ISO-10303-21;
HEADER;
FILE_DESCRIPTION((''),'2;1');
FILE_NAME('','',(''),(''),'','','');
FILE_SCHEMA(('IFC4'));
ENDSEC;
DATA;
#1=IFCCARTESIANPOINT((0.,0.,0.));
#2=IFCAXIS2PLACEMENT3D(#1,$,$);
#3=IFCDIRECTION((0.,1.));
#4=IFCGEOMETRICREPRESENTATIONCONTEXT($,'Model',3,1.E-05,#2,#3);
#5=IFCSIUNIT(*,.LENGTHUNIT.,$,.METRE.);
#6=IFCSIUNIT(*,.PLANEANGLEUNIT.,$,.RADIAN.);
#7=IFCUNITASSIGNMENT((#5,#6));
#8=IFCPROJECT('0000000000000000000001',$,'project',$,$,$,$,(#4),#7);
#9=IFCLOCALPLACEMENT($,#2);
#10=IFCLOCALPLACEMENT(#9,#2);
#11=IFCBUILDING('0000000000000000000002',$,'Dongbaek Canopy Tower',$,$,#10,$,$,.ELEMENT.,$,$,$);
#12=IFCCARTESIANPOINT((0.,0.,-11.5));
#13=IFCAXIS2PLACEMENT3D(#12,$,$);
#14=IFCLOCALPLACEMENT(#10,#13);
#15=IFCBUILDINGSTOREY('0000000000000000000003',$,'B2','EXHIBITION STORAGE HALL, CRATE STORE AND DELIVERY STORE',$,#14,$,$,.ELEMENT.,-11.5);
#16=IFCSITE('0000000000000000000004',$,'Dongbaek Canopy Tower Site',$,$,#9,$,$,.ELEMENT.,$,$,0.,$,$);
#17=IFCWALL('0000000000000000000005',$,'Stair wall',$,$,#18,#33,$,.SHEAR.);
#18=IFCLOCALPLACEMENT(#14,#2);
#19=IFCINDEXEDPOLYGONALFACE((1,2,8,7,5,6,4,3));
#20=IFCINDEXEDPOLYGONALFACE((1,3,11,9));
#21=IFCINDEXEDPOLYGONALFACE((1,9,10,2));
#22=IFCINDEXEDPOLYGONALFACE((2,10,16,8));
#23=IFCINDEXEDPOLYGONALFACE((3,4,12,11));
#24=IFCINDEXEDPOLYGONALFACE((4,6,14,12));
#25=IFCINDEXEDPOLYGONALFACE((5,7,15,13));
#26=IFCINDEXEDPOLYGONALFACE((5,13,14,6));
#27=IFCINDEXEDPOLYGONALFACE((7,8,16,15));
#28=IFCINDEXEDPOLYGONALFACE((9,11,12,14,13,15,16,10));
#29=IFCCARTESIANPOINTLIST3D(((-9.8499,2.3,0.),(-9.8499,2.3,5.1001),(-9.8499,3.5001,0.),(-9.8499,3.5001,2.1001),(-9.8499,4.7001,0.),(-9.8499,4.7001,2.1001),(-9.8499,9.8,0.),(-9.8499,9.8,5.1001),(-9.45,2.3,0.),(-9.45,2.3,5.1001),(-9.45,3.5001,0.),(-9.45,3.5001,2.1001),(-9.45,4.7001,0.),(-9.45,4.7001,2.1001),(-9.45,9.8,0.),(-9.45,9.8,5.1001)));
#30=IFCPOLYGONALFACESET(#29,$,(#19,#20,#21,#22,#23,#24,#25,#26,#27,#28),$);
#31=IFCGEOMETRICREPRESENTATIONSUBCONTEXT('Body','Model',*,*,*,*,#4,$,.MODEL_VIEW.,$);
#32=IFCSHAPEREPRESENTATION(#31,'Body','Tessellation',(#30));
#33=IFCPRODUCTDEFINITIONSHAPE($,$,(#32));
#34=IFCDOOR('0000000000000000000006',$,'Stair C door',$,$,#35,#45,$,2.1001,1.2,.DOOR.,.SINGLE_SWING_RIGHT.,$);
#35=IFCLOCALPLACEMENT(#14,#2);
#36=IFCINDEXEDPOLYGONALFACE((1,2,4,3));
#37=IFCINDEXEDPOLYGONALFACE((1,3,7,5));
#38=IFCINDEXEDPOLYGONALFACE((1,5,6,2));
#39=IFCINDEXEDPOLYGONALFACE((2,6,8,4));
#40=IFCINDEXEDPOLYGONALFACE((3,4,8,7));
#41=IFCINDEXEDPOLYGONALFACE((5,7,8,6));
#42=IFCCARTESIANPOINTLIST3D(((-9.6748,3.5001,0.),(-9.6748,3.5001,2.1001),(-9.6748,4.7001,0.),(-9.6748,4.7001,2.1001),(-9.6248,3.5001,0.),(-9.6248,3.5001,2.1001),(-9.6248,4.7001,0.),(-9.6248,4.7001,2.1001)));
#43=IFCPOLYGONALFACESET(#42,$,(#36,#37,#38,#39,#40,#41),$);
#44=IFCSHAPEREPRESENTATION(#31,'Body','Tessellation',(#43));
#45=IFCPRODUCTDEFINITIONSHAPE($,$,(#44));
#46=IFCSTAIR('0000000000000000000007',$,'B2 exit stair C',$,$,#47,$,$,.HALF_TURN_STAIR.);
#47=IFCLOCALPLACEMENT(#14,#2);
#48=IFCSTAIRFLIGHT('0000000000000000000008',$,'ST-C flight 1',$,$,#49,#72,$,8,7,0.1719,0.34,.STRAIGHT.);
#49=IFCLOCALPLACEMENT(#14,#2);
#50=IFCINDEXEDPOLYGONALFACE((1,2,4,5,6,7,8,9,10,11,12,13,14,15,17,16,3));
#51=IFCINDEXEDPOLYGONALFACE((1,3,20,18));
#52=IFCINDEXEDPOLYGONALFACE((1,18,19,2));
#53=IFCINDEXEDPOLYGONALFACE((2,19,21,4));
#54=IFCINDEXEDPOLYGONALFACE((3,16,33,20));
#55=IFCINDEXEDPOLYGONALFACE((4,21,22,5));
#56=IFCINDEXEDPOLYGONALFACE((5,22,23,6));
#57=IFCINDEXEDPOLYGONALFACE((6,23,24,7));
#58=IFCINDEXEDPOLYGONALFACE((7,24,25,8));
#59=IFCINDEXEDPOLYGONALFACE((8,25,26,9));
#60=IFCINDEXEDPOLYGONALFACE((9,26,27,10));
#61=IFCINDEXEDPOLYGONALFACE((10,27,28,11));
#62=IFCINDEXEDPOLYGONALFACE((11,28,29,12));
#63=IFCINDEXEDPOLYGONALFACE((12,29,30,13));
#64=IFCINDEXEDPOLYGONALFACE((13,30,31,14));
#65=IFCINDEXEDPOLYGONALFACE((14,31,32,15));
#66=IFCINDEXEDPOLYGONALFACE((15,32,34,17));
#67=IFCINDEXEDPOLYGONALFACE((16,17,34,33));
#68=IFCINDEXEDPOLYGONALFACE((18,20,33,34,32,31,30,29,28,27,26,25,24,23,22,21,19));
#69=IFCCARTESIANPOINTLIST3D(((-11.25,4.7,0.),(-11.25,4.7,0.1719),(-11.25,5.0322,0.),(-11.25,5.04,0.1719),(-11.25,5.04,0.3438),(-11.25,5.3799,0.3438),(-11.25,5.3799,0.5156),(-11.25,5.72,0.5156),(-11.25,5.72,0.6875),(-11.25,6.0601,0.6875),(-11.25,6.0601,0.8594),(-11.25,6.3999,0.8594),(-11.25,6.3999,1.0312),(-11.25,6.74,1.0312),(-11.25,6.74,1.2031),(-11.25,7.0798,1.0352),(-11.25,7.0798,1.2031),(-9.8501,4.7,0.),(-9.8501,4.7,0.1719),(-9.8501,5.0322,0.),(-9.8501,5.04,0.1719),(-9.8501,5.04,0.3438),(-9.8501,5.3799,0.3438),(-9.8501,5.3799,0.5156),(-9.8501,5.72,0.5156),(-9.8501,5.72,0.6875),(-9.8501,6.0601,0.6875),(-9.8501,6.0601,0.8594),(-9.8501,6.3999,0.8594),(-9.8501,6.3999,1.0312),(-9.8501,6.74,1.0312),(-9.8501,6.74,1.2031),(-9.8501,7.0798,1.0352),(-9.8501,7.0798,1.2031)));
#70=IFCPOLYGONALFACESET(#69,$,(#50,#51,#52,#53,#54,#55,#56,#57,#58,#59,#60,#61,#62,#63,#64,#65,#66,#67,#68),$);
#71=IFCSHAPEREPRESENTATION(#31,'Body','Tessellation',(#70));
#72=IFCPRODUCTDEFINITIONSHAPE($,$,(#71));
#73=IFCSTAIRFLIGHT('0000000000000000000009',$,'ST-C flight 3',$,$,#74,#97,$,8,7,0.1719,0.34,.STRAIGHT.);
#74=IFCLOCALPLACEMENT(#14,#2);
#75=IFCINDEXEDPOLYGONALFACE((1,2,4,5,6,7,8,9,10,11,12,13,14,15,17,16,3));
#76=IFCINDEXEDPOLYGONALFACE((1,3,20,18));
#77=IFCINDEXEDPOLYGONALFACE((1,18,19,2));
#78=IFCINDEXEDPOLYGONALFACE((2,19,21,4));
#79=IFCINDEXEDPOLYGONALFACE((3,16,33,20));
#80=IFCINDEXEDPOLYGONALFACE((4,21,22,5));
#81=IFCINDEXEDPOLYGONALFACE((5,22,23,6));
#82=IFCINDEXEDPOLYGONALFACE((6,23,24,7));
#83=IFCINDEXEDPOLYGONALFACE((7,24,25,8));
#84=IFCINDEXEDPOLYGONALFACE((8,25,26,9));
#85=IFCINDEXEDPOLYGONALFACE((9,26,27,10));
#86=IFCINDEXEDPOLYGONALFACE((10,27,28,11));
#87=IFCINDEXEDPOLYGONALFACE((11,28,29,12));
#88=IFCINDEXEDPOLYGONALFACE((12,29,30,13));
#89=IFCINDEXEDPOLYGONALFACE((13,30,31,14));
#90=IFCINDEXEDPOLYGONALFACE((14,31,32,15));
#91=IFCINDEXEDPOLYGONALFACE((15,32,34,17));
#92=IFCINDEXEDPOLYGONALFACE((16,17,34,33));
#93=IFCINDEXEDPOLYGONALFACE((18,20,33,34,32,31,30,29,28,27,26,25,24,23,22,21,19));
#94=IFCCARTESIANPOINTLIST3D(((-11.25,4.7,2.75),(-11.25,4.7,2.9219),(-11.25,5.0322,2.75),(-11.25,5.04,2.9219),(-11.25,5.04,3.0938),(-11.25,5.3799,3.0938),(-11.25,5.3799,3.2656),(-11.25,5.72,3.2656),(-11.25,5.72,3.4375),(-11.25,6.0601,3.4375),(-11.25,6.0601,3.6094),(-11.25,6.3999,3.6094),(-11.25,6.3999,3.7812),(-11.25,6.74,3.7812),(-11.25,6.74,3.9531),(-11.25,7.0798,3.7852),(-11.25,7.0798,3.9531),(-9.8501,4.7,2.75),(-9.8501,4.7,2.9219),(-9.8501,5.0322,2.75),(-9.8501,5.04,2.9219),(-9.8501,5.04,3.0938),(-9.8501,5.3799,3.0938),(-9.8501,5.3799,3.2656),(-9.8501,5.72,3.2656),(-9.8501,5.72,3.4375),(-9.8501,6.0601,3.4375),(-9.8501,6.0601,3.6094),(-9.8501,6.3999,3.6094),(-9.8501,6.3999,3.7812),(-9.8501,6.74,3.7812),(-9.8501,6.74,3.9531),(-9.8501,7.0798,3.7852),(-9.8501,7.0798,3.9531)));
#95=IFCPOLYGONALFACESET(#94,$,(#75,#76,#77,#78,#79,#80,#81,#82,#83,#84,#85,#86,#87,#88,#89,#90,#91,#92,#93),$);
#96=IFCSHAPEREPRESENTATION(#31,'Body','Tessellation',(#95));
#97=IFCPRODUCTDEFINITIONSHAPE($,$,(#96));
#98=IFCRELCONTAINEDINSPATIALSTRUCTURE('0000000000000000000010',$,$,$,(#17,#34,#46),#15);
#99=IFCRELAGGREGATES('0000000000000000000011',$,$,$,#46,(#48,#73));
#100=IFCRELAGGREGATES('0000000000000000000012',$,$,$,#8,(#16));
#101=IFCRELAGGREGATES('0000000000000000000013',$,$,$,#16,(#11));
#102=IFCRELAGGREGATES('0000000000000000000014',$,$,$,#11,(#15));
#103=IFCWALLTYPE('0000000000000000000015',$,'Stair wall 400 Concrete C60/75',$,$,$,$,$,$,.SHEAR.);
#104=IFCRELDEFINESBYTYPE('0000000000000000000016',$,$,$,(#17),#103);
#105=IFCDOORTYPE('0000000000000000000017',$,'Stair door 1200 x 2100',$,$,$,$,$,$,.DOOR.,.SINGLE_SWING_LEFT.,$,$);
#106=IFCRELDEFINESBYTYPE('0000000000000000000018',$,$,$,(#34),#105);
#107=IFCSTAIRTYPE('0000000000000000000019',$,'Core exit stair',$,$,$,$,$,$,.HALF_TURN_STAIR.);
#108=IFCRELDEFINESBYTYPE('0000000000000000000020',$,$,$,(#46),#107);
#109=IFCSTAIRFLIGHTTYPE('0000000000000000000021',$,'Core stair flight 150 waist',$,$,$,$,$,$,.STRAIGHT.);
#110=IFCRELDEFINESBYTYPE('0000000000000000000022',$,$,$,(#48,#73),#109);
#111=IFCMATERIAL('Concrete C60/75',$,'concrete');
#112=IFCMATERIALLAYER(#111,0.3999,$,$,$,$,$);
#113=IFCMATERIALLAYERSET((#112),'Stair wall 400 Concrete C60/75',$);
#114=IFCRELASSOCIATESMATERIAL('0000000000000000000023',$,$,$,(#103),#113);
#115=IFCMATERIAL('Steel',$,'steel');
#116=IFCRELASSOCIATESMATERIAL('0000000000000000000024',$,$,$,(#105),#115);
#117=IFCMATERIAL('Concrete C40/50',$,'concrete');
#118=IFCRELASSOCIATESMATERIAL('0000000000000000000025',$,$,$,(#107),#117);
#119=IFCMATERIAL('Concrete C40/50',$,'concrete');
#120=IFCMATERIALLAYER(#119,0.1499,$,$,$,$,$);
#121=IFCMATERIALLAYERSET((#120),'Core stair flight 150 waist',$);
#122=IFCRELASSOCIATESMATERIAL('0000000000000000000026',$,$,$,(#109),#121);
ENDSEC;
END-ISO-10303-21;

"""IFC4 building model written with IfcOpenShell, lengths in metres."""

from ifc_helpers import new_model, si_unit, direction, frame, frame_2d, origin, place, context, subcontext, project, spatial, polyline, rectangle, outline, extrude, material, layer, layer_set, type_object, element, fill, aggregate, save


model = new_model("IFC4")

# Units and contexts
model_context = context("Model", 3, precision=1e-05, world=origin(), true_north=direction((0.0, 1.0)))
body_context = subcontext(model_context, "Body", "Model", "MODEL_VIEW")
ifc_project = project(units=[si_unit("LENGTHUNIT", "METRE"), si_unit("PLANEANGLEUNIT", "RADIAN")], contexts=[model_context])

# Site, building, storey
site_placement = place(None, origin())
site = spatial("IfcSite", under=ifc_project, at=site_placement, Name="Dongbaek Canopy Tower Site", CompositionType="ELEMENT", RefElevation=0.0)
building_placement = place(site_placement, origin())
building = spatial("IfcBuilding", under=site, at=building_placement, Name="Dongbaek Canopy Tower", CompositionType="ELEMENT")
storey_placement = place(building_placement, frame((0.0, 0.0, -11.5)))
storey = spatial("IfcBuildingStorey", under=building, at=storey_placement, Name="B2", Description="EXHIBITION STORAGE HALL, CRATE STORE AND DELIVERY STORE", CompositionType="ELEMENT", Elevation=-11.5)

# Wall, opening, door
ifc_material_1 = material(Name="Concrete C60/75", Category="concrete")
ifc_layer_1 = layer(ifc_material_1, 0.3999)
ifc_layer_set_1 = layer_set([ifc_layer_1], Name="Stair wall 400 Concrete C60/75")
wall_type_1 = type_object("IfcWallType", Name="Stair wall 400 Concrete C60/75", PredefinedType="SHEAR", material=ifc_layer_set_1)
wall_1_placement = place(storey_placement, frame((-9.6499, 2.3, 0.0), z_axis=(0.0, 0.0, 1.0), x_axis=(0.0, 1.0, 0.0)))
wall_1 = element("IfcWall", 1, at=wall_1_placement, inside=storey, type_object=wall_type_1, Name="Stair wall", PredefinedType="SHEAR", context=body_context, shape_type="SweptSolid", body=[
    extrude(rectangle(XDim=7.5, YDim=0.3999, at=frame_2d((3.75, 0.0))), origin(), (0.0, 0.0, 1.0), 5.1001),
])
opening_placement = place(wall_1_placement, frame((1.2, 0.0, 0.0)))
opening = element("IfcOpeningElement", 2, at=opening_placement, cuts=wall_1, PredefinedType="OPENING", context=body_context, shape_type="SweptSolid", body=[
    extrude(rectangle(XDim=1.2, YDim=2.1001, at=frame_2d((0.6001, 1.05))), frame((0.0, 0.21, 0.0), z_axis=(0.0, -1.0, 0.0), x_axis=(1.0, 0.0, 0.0)), (0.0, 0.0, 1.0), 0.4199),
])
ifc_material_2 = material(Name="Steel", Category="steel")
door_type = type_object("IfcDoorType", Name="Stair door 1200 x 2100", OperationType="SINGLE_SWING_LEFT", PredefinedType="DOOR", material=ifc_material_2)
door_placement = place(opening_placement, origin())
door = element("IfcDoor", 3, at=door_placement, inside=storey, type_object=door_type, Name="Stair C door", OperationType="SINGLE_SWING_RIGHT", OverallHeight=2.1001, OverallWidth=1.2, PredefinedType="DOOR", context=body_context, shape_type="SweptSolid", body=[
    extrude(rectangle(XDim=1.2, YDim=2.1001, at=frame_2d((0.6001, 1.05))), frame((0.0, 0.0249, 0.0), z_axis=(0.0, -1.0, 0.0), x_axis=(1.0, 0.0, 0.0)), (0.0, 0.0, 1.0), 0.05),
])
fill(opening, door)

# Stair, stair flights
ifc_material_3 = material(Name="Concrete C40/50", Category="concrete")
stair_type = type_object("IfcStairType", Name="Core exit stair", PredefinedType="HALF_TURN_STAIR", material=ifc_material_3)
stair_placement = place(storey_placement, origin())
stair = element("IfcStair", 4, at=stair_placement, inside=storey, type_object=stair_type, Name="B2 exit stair C", PredefinedType="HALF_TURN_STAIR")
ifc_material_4 = material(Name="Concrete C40/50", Category="concrete")
ifc_layer_2 = layer(ifc_material_4, 0.1499)
ifc_layer_set_2 = layer_set([ifc_layer_2], Name="Core stair flight 150 waist")
stair_flight_type = type_object("IfcStairFlightType", Name="Core stair flight 150 waist", PredefinedType="STRAIGHT", material=ifc_layer_set_2)
stair_flight_1_placement = place(storey_placement, frame((-10.55, 4.7, 0.0), z_axis=(0.0, 0.0, 1.0), x_axis=(0.0, 1.0, 0.0)))
stair_flight_1 = element("IfcStairFlight", 5, at=stair_flight_1_placement, type_object=stair_flight_type, Name="ST-C flight 1", NumberOfRisers=8, NumberOfTreads=7, PredefinedType="STRAIGHT", RiserHeight=0.1719, TreadLength=0.34, context=body_context, shape_type="SweptSolid", body=[
    extrude(outline(polyline([(0.0, 0.0), (0.0, 0.1719), (0.3401, 0.1719), (0.3401, 0.3438), (0.6799, 0.3438), (0.6799, 0.5156), (1.02, 0.5156), (1.02, 0.6875), (1.3601, 0.6875), (1.3601, 0.8594), (1.7, 0.8594), (1.7, 1.0312), (2.04, 1.0312), (2.04, 1.2031), (2.3799, 1.2031), (2.3799, 1.375), (2.3799, 1.0352), (0.3323, 0.0), (0.0, 0.0)])), frame((0.0, 0.7, 0.0), z_axis=(0.0, -1.0, 0.0), x_axis=(1.0, 0.0, 0.0)), (0.0, 0.0, 1.0), 1.3999),
])
stair_flight_2_placement = place(storey_placement, frame((-10.55, 4.7, 2.75), z_axis=(0.0, 0.0, 1.0), x_axis=(0.0, 1.0, 0.0)))
stair_flight_2 = element("IfcStairFlight", 6, at=stair_flight_2_placement, type_object=stair_flight_type, Name="ST-C flight 3", NumberOfRisers=8, NumberOfTreads=7, PredefinedType="STRAIGHT", RiserHeight=0.1719, TreadLength=0.34, context=body_context, shape_type="SweptSolid", body=[
    extrude(outline(polyline([(0.0, 0.0), (0.0, 0.1719), (0.3401, 0.1719), (0.3401, 0.3438), (0.6799, 0.3438), (0.6799, 0.5156), (1.02, 0.5156), (1.02, 0.6875), (1.3601, 0.6875), (1.3601, 0.8594), (1.7, 0.8594), (1.7, 1.0312), (2.04, 1.0312), (2.04, 1.2031), (2.3799, 1.2031), (2.3799, 1.375), (2.3799, 1.0352), (0.3323, 0.0), (0.0, 0.0)])), frame((0.0, 0.7, 0.0), z_axis=(0.0, -1.0, 0.0), x_axis=(1.0, 0.0, 0.0)), (0.0, 0.0, 1.0), 1.3999),
])
aggregate(stair, [stair_flight_1, stair_flight_2])

save(model, "model.ifc")
